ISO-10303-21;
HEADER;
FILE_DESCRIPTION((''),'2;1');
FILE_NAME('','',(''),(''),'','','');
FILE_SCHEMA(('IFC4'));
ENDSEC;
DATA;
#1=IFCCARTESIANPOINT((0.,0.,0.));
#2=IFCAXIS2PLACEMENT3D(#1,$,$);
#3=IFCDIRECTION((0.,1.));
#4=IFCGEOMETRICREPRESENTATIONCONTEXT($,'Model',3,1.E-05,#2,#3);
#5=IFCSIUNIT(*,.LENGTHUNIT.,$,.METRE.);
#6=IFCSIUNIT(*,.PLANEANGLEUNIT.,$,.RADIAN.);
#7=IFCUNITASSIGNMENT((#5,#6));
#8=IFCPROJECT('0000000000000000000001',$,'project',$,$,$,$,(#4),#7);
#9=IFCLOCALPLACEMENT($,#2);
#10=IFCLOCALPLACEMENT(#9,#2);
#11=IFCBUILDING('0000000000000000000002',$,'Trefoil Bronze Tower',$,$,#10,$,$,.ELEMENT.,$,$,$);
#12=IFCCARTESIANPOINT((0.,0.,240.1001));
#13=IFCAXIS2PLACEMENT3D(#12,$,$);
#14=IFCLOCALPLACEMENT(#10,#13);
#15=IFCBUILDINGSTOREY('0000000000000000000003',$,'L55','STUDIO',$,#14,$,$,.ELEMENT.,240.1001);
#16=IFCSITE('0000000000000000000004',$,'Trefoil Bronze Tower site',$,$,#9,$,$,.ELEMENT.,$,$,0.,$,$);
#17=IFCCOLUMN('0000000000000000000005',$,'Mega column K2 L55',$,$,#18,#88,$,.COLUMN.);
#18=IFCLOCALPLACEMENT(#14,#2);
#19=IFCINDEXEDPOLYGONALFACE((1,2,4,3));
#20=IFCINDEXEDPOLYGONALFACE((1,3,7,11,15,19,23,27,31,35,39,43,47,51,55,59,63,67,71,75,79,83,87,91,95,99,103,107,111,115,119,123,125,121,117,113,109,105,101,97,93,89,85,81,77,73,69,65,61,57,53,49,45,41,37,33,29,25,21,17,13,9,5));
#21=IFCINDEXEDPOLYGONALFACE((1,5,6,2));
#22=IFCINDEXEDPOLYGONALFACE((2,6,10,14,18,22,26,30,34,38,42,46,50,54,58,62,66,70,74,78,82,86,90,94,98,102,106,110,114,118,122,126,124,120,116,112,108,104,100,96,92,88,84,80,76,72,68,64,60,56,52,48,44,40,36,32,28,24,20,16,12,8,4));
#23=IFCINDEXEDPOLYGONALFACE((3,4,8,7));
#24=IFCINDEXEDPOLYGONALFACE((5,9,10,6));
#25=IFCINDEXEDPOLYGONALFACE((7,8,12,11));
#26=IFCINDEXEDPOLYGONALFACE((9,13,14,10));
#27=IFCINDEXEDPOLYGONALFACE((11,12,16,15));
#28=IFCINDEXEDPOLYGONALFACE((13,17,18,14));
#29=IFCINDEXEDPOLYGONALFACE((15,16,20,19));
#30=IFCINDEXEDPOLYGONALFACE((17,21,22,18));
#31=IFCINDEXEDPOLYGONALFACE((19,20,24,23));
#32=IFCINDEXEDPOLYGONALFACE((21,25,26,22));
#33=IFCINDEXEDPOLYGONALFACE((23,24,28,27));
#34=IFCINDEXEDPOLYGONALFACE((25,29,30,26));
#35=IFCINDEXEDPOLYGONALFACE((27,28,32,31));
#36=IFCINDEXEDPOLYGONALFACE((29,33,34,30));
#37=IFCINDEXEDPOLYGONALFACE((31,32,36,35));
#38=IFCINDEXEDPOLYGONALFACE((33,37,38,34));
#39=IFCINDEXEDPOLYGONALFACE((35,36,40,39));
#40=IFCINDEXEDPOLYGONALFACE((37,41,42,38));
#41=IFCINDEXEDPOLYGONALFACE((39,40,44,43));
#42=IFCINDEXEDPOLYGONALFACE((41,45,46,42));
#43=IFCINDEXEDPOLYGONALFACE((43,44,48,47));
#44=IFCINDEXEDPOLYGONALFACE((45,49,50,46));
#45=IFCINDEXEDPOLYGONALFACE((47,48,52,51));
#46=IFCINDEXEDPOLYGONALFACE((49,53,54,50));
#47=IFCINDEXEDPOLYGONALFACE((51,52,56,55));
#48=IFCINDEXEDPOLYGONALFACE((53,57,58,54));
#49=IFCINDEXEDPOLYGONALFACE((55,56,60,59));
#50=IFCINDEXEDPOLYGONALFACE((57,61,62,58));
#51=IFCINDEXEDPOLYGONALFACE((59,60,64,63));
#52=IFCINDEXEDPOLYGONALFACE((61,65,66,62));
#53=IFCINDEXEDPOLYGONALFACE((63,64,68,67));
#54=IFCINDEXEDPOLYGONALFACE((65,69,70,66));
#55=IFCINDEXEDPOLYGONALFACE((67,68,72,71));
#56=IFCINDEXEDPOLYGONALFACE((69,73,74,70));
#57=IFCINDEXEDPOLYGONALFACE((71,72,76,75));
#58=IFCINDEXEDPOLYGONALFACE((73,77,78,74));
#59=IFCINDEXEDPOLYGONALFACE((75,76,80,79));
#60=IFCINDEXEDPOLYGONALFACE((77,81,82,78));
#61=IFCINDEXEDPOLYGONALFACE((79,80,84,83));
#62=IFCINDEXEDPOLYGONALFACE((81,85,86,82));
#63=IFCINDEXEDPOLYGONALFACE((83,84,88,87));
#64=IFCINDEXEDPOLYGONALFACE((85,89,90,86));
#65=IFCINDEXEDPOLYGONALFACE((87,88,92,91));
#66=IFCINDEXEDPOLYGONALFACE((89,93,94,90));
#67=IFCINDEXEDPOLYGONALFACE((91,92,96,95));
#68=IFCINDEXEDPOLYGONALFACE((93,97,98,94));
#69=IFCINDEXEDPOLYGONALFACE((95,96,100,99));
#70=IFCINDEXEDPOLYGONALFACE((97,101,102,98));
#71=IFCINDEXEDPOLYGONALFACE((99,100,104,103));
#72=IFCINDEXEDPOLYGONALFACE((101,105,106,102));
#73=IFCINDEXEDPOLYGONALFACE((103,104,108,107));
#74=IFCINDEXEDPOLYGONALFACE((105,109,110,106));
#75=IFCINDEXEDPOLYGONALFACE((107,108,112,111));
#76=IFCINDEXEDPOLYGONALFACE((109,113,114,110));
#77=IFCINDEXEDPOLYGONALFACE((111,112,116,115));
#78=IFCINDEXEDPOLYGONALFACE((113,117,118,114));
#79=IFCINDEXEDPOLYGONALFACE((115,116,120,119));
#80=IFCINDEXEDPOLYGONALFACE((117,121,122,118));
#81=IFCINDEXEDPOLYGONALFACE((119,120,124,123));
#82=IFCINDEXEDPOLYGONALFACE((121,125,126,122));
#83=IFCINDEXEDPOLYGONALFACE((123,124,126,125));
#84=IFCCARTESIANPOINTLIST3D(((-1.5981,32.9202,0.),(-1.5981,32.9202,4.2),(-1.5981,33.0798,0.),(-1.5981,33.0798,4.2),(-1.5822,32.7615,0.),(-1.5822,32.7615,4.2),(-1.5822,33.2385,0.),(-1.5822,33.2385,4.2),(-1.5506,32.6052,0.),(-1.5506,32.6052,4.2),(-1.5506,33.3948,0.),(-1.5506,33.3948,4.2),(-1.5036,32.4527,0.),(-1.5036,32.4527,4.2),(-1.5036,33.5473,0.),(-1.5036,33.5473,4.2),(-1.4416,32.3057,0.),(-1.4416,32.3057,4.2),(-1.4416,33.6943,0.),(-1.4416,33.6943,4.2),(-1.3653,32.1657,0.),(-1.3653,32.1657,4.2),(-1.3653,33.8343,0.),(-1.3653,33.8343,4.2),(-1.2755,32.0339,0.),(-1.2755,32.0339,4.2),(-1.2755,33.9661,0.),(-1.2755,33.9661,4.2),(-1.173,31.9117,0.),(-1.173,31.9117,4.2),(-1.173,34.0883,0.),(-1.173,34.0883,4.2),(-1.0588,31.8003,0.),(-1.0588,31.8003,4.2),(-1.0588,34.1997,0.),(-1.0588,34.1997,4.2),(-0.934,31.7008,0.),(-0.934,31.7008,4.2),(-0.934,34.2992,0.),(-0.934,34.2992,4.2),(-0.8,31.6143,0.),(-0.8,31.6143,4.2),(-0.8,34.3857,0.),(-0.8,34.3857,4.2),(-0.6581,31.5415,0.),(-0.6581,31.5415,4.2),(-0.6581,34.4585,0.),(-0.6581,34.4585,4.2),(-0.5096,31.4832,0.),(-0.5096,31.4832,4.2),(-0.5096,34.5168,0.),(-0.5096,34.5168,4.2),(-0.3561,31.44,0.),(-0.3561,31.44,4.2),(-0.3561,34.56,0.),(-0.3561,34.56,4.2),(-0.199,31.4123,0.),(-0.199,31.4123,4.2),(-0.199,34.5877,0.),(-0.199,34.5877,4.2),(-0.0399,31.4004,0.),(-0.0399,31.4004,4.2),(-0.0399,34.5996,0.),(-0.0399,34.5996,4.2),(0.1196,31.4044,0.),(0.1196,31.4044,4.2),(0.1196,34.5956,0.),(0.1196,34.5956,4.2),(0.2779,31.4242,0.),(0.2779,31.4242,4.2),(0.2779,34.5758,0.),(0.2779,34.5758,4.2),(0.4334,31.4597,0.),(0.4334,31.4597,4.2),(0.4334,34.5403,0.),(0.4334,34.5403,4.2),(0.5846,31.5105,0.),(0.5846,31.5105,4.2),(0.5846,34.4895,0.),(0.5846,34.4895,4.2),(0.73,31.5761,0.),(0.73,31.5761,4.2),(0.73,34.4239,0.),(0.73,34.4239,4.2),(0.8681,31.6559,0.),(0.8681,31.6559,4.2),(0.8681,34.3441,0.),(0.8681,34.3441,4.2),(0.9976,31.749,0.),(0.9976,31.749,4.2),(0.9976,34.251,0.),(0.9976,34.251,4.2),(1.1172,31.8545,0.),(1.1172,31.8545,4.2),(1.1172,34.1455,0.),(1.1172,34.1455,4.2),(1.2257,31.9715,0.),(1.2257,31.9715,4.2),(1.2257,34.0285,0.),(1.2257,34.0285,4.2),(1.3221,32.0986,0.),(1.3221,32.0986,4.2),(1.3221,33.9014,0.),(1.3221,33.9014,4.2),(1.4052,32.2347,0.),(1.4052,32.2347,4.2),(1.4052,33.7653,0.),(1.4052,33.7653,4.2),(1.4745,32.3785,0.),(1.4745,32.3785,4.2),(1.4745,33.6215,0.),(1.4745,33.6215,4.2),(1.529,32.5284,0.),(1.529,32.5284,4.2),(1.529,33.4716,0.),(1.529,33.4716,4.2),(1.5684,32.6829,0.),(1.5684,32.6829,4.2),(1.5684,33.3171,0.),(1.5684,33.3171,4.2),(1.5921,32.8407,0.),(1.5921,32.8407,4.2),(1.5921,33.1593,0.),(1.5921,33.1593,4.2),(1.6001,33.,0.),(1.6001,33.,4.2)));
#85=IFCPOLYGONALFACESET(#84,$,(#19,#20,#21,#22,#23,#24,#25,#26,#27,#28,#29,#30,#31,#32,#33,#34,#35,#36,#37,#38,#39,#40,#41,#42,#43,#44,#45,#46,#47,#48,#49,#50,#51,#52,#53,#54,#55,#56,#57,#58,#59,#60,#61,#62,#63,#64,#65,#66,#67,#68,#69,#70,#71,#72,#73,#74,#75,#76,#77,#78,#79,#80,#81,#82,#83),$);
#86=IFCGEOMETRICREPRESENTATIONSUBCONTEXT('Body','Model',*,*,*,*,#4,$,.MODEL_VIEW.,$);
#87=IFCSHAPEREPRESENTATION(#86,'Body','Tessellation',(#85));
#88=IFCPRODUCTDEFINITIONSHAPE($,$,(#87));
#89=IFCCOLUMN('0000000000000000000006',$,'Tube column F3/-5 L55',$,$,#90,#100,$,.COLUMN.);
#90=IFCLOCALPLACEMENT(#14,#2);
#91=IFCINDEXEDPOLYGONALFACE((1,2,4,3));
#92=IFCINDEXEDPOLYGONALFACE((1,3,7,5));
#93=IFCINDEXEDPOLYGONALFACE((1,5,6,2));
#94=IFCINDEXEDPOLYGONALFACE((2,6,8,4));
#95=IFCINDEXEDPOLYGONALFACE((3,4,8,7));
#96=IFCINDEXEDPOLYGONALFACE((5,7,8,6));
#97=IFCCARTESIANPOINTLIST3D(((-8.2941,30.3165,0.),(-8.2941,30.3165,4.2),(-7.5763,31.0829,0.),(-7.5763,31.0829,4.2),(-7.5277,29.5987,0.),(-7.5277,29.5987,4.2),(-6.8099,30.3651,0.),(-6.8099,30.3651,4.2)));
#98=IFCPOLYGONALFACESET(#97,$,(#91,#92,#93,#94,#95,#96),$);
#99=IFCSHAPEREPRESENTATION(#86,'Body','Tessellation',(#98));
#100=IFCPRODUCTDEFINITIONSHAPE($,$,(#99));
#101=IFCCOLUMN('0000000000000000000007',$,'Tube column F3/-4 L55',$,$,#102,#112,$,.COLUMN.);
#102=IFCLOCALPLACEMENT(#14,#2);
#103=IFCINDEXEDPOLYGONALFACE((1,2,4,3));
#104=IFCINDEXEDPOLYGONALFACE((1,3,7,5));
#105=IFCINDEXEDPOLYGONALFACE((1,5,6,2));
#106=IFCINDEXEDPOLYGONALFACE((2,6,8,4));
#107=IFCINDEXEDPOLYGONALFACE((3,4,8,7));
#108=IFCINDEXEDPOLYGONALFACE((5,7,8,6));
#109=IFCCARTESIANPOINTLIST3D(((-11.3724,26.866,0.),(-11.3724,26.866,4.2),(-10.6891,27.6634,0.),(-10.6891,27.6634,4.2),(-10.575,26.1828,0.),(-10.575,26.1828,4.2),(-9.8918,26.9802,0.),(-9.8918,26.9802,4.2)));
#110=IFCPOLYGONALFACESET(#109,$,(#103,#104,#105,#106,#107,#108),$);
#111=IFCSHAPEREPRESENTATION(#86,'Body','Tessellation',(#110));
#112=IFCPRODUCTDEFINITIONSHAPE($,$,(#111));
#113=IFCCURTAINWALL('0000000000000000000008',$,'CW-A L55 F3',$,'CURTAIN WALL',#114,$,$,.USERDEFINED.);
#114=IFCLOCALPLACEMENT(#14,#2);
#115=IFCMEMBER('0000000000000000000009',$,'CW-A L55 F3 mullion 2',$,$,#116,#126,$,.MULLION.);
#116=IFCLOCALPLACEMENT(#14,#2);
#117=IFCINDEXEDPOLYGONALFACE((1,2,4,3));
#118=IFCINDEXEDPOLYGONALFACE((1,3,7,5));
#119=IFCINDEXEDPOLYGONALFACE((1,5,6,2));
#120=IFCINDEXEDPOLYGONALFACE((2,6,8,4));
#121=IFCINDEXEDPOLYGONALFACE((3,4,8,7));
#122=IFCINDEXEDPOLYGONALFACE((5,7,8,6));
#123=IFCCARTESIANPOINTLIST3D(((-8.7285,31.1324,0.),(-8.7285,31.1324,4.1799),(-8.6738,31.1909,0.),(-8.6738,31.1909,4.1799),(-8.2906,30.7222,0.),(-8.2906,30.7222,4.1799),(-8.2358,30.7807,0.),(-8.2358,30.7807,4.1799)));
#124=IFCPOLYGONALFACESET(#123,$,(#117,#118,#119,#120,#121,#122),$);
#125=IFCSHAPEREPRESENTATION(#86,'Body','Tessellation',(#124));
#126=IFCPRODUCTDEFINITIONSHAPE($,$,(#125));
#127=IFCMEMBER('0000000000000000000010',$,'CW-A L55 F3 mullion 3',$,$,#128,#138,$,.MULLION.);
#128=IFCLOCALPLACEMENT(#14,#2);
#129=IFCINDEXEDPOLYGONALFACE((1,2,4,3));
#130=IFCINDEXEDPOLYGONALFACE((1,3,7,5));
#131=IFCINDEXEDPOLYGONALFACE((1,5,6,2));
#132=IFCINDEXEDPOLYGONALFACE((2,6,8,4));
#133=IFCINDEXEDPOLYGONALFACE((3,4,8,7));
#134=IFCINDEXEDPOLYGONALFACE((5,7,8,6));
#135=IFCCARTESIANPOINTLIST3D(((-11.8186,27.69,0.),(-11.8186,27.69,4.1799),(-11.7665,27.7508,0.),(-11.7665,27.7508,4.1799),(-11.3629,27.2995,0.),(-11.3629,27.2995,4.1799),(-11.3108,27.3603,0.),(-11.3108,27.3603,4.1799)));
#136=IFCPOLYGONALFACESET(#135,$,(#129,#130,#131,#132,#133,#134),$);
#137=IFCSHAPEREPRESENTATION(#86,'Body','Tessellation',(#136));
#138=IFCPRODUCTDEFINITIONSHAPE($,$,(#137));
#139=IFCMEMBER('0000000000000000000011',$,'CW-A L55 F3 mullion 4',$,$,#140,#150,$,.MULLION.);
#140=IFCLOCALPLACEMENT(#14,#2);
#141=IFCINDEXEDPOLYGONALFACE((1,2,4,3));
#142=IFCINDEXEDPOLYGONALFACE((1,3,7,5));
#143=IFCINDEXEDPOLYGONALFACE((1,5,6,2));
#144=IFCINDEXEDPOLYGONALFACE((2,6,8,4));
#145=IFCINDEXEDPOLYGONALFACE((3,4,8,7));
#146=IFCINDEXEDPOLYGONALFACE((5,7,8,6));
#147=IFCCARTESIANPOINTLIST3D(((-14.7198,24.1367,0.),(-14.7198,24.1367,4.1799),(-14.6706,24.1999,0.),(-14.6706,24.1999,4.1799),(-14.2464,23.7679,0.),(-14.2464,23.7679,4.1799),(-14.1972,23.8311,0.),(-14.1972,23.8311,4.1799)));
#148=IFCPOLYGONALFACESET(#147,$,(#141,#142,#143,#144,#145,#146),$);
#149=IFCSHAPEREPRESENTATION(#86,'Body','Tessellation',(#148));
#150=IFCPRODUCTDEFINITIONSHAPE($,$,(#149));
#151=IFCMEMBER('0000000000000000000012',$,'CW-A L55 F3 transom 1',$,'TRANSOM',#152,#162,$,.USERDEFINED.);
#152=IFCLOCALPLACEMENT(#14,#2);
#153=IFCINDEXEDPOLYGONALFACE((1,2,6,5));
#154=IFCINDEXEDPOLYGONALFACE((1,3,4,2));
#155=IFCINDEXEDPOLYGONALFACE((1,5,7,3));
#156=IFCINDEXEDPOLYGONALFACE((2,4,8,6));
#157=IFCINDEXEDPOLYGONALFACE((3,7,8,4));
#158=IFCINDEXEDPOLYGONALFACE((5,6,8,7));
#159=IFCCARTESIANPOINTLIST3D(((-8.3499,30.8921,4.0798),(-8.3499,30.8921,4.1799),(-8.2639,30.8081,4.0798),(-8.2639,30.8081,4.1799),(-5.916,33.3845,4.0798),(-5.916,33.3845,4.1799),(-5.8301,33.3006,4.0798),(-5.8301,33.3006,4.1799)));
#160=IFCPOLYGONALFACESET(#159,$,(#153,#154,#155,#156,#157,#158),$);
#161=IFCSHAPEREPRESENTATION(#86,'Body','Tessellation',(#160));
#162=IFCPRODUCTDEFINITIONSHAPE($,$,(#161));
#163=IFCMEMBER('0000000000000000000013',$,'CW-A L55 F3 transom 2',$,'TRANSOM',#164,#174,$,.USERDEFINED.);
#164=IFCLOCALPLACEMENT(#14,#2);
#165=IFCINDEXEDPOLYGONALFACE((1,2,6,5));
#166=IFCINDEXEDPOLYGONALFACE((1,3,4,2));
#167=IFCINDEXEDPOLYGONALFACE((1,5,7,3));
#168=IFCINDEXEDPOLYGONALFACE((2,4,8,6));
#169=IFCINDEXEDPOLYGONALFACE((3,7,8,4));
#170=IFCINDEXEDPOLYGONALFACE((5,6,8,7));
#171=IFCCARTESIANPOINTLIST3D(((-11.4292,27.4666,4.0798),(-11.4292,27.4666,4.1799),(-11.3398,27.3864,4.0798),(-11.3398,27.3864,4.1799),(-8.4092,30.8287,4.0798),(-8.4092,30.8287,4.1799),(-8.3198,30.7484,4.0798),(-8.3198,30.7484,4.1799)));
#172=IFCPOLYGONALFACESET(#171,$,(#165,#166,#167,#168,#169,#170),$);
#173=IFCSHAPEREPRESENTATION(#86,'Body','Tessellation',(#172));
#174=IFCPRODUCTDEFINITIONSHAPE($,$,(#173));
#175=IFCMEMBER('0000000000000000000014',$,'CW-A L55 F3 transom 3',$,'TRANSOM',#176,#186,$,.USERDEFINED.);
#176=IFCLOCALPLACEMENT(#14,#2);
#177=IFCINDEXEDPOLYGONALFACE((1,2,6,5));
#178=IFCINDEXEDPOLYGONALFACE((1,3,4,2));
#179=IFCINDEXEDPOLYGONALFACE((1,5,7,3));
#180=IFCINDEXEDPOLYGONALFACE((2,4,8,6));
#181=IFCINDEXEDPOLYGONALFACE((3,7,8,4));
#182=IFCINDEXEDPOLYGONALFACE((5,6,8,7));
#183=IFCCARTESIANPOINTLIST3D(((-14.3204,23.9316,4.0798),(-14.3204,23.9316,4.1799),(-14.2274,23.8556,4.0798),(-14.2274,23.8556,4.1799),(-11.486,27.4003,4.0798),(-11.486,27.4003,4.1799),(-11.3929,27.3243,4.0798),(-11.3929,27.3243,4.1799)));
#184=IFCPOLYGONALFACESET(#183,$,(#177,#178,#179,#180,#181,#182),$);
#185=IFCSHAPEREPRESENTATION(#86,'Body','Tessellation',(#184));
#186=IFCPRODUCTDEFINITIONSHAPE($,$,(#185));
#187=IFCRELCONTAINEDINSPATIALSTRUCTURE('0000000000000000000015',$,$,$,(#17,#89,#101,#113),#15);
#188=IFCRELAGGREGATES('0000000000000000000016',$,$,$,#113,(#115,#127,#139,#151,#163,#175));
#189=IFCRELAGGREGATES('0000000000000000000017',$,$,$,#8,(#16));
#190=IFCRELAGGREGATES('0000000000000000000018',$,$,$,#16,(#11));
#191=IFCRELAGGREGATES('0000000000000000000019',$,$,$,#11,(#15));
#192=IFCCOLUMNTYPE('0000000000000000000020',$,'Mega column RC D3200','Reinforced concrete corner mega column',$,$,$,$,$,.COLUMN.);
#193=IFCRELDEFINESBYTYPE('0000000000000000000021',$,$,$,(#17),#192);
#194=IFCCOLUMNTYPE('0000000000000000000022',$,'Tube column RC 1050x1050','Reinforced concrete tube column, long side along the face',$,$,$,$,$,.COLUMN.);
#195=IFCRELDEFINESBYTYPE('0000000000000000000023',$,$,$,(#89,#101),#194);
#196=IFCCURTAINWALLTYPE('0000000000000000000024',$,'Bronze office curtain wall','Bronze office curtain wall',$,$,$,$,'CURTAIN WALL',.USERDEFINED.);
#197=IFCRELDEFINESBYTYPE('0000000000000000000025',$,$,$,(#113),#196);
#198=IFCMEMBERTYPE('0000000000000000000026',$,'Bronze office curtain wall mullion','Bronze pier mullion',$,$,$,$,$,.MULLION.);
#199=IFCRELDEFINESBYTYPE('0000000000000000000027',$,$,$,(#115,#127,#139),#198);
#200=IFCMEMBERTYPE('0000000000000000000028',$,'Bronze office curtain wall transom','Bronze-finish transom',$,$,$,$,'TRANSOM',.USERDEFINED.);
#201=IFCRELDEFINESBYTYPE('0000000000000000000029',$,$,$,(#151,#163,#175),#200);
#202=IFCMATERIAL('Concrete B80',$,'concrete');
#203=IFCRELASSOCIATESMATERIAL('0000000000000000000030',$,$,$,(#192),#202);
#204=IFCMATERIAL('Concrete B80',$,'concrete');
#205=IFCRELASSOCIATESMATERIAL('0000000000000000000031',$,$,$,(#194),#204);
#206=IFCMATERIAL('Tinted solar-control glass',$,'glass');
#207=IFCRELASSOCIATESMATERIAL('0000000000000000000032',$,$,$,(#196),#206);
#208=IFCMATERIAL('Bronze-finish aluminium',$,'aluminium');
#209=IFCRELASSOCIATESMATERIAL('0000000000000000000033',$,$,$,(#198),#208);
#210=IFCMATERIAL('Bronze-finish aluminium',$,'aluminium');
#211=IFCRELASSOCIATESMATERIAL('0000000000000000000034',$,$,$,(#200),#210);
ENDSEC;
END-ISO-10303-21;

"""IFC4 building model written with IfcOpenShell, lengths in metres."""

from ifc_helpers import new_model, si_unit, direction, frame, origin, origin_2d, place, context, subcontext, project, spatial, rectangle, circle, extrude, material, material_profile, profile_set, type_object, element, aggregate, save


model = new_model("IFC4")

# Units and contexts
model_context = context("Model", 3, precision=1e-05, world=origin(), true_north=direction((0.0, 1.0)))
body_context = subcontext(model_context, "Body", "Model", "MODEL_VIEW")
ifc_project = project(units=[si_unit("LENGTHUNIT", "METRE"), si_unit("PLANEANGLEUNIT", "RADIAN")], contexts=[model_context])

# Site, building, storey
site_placement = place(None, origin())
site = spatial("IfcSite", under=ifc_project, at=site_placement, Name="Trefoil Bronze Tower site", CompositionType="ELEMENT", RefElevation=0.0)
building_placement = place(site_placement, origin())
building = spatial("IfcBuilding", under=site, at=building_placement, Name="Trefoil Bronze Tower", CompositionType="ELEMENT")
storey_placement = place(building_placement, frame((0.0, 0.0, 240.1001)))
storey = spatial("IfcBuildingStorey", under=building, at=storey_placement, Name="L55", Description="STUDIO", CompositionType="ELEMENT", Elevation=240.1001)

# Columns
ifc_material_1 = material(Name="Concrete B80", Category="concrete")
ifc_material_profile_1 = material_profile(ifc_material_1, circle(Radius=1.6001, at=origin_2d()), Name="RC D3200")
ifc_profile_set_1 = profile_set([ifc_material_profile_1], Name="Concrete B80")
column_type_1 = type_object("IfcColumnType", Name="Mega column RC D3200", Description="Reinforced concrete corner mega column", PredefinedType="COLUMN", material=ifc_profile_set_1)
column_placement = place(storey_placement, frame((0.0, 33.0, 0.0), z_axis=(0.0, 0.0, 1.0), x_axis=(1.0, 0.0, 0.0)))
element("IfcColumn", 1, at=column_placement, inside=storey, type_object=column_type_1, Name="Mega column K2 L55", PredefinedType="COLUMN", context=body_context, shape_type="SweptSolid", body=[
    extrude(circle(Radius=1.6001, at=origin_2d()), origin(), (0.0, 0.0, 1.0), 4.2),
])
ifc_material_2 = material(Name="Concrete B80", Category="concrete")
ifc_material_profile_2 = material_profile(ifc_material_2, rectangle(XDim=1.05, YDim=1.05, at=origin_2d()), Name="RC 1050x1050")
ifc_profile_set_2 = profile_set([ifc_material_profile_2], Name="Concrete B80")
column_type_2 = type_object("IfcColumnType", Name="Tube column RC 1050x1050", Description="Reinforced concrete tube column, long side along the face", PredefinedType="COLUMN", material=ifc_profile_set_2)
for number, where, z_axis, x_axis, name in (
    (2, (-7.552, 30.3408, 0.0), (0.0, 0.0, 1.0), (-0.683597, -0.72986, 0.0), "Tube column F3/-5 L55"),
    (3, (-10.6321, 26.9231, 0.0), (0.0, 0.0, 1.0), (-0.650677, -0.759355, 0.0), "Tube column F3/-4 L55"),
):
    element("IfcColumn", number, at=place(storey_placement, frame(where, z_axis=z_axis, x_axis=x_axis)), inside=storey, type_object=column_type_2, Name=name, PredefinedType="COLUMN", context=body_context, shape_type="SweptSolid", body=[
        extrude(rectangle(XDim=1.05, YDim=1.05, at=origin_2d()), origin(), (0.0, 0.0, 1.0), 4.2),
    ])

# Curtain wall, members
ifc_material_3 = material(Name="Tinted solar-control glass", Category="glass")
curtain_wall_type_1 = type_object("IfcCurtainWallType", Name="Bronze office curtain wall", Description="Bronze office curtain wall", ElementType="CURTAIN WALL", PredefinedType="USERDEFINED", material=ifc_material_3)
curtain_wall_1_placement = place(storey_placement, origin())
curtain_wall_1 = element("IfcCurtainWall", 4, at=curtain_wall_1_placement, inside=storey, type_object=curtain_wall_type_1, Name="CW-A L55 F3", ObjectType="CURTAIN WALL", PredefinedType="USERDEFINED")
ifc_material_4 = material(Name="Bronze-finish aluminium", Category="aluminium")
ifc_material_profile_3 = material_profile(ifc_material_4, rectangle(XDim=0.6001, YDim=0.0801, at=origin_2d()), Name="CW-A mullion")
ifc_profile_set_3 = profile_set([ifc_material_profile_3], Name="Bronze-finish aluminium")
member_type_1 = type_object("IfcMemberType", Name="Bronze office curtain wall mullion", Description="Bronze pier mullion", PredefinedType="MULLION", material=ifc_profile_set_3)
member_1_placement = place(storey_placement, frame((-8.4822, 30.9565, 0.0), z_axis=(0.0, 0.0, 1.0), x_axis=(0.72986, -0.683597, 0.0)))
member_1 = element("IfcMember", 5, at=member_1_placement, type_object=member_type_1, Name="CW-A L55 F3 mullion 2", PredefinedType="MULLION", context=body_context, shape_type="SweptSolid", body=[
    extrude(rectangle(XDim=0.6001, YDim=0.0801, at=origin_2d()), origin(), (0.0, 0.0, 1.0), 4.1799),
])
member_2_placement = place(storey_placement, frame((-11.5647, 27.5251, 0.0), z_axis=(0.0, 0.0, 1.0), x_axis=(0.759355, -0.650677, 0.0)))
member_2 = element("IfcMember", 6, at=member_2_placement, type_object=member_type_1, Name="CW-A L55 F3 mullion 3", PredefinedType="MULLION", context=body_context, shape_type="SweptSolid", body=[
    extrude(rectangle(XDim=0.6001, YDim=0.0801, at=origin_2d()), origin(), (0.0, 0.0, 1.0), 4.1799),
])
member_3_placement = place(storey_placement, frame((-14.4585, 23.9839, 0.0), z_axis=(0.0, 0.0, 1.0), x_axis=(0.788821, -0.614622, 0.0)))
member_3 = element("IfcMember", 7, at=member_3_placement, type_object=member_type_1, Name="CW-A L55 F3 mullion 4", PredefinedType="MULLION", context=body_context, shape_type="SweptSolid", body=[
    extrude(rectangle(XDim=0.6001, YDim=0.0801, at=origin_2d()), origin(), (0.0, 0.0, 1.0), 4.1799),
])
ifc_material_5 = material(Name="Bronze-finish aluminium", Category="aluminium")
ifc_material_profile_4 = material_profile(ifc_material_5, rectangle(XDim=0.1201, YDim=0.1001, at=origin_2d()), Name="CW-A transom")
ifc_profile_set_4 = profile_set([ifc_material_profile_4], Name="Bronze-finish aluminium")
member_type_2 = type_object("IfcMemberType", Name="Bronze office curtain wall transom", Description="Bronze-finish transom", ElementType="TRANSOM", PredefinedType="USERDEFINED", material=ifc_profile_set_4)
member_4_placement = place(storey_placement, frame((-5.873, 33.3425, 4.1299), z_axis=(-0.698647, -0.715467, 0.0), x_axis=(0.715467, -0.698647, 0.0)))
member_4 = element("IfcMember", 8, at=member_4_placement, type_object=member_type_2, Name="CW-A L55 F3 transom 1", ObjectType="TRANSOM", PredefinedType="USERDEFINED", context=body_context, shape_type="SweptSolid", body=[
    extrude(rectangle(XDim=0.1201, YDim=0.1001, at=origin_2d()), origin(), (0.0, 0.0, 1.0), 3.4836),
])
member_5_placement = place(storey_placement, frame((-8.3645, 30.7886, 4.1299), z_axis=(-0.668251, -0.743936, 0.0), x_axis=(0.743936, -0.668251, 0.0)))
member_5 = element("IfcMember", 9, at=member_5_placement, type_object=member_type_2, Name="CW-A L55 F3 transom 2", ObjectType="TRANSOM", PredefinedType="USERDEFINED", context=body_context, shape_type="SweptSolid", body=[
    extrude(rectangle(XDim=0.1201, YDim=0.1001, at=origin_2d()), origin(), (0.0, 0.0, 1.0), 4.5193),
])
member_6_placement = place(storey_placement, frame((-11.4395, 27.3623, 4.1299), z_axis=(-0.632757, -0.774351, 0.0), x_axis=(0.774351, -0.632757, 0.0)))
member_6 = element("IfcMember", 10, at=member_6_placement, type_object=member_type_2, Name="CW-A L55 F3 transom 3", ObjectType="TRANSOM", PredefinedType="USERDEFINED", context=body_context, shape_type="SweptSolid", body=[
    extrude(rectangle(XDim=0.1201, YDim=0.1001, at=origin_2d()), origin(), (0.0, 0.0, 1.0), 4.4795),
])

aggregate(curtain_wall_1, [member_1, member_2, member_3, member_4, member_5, member_6])

save(model, "model.ifc")
